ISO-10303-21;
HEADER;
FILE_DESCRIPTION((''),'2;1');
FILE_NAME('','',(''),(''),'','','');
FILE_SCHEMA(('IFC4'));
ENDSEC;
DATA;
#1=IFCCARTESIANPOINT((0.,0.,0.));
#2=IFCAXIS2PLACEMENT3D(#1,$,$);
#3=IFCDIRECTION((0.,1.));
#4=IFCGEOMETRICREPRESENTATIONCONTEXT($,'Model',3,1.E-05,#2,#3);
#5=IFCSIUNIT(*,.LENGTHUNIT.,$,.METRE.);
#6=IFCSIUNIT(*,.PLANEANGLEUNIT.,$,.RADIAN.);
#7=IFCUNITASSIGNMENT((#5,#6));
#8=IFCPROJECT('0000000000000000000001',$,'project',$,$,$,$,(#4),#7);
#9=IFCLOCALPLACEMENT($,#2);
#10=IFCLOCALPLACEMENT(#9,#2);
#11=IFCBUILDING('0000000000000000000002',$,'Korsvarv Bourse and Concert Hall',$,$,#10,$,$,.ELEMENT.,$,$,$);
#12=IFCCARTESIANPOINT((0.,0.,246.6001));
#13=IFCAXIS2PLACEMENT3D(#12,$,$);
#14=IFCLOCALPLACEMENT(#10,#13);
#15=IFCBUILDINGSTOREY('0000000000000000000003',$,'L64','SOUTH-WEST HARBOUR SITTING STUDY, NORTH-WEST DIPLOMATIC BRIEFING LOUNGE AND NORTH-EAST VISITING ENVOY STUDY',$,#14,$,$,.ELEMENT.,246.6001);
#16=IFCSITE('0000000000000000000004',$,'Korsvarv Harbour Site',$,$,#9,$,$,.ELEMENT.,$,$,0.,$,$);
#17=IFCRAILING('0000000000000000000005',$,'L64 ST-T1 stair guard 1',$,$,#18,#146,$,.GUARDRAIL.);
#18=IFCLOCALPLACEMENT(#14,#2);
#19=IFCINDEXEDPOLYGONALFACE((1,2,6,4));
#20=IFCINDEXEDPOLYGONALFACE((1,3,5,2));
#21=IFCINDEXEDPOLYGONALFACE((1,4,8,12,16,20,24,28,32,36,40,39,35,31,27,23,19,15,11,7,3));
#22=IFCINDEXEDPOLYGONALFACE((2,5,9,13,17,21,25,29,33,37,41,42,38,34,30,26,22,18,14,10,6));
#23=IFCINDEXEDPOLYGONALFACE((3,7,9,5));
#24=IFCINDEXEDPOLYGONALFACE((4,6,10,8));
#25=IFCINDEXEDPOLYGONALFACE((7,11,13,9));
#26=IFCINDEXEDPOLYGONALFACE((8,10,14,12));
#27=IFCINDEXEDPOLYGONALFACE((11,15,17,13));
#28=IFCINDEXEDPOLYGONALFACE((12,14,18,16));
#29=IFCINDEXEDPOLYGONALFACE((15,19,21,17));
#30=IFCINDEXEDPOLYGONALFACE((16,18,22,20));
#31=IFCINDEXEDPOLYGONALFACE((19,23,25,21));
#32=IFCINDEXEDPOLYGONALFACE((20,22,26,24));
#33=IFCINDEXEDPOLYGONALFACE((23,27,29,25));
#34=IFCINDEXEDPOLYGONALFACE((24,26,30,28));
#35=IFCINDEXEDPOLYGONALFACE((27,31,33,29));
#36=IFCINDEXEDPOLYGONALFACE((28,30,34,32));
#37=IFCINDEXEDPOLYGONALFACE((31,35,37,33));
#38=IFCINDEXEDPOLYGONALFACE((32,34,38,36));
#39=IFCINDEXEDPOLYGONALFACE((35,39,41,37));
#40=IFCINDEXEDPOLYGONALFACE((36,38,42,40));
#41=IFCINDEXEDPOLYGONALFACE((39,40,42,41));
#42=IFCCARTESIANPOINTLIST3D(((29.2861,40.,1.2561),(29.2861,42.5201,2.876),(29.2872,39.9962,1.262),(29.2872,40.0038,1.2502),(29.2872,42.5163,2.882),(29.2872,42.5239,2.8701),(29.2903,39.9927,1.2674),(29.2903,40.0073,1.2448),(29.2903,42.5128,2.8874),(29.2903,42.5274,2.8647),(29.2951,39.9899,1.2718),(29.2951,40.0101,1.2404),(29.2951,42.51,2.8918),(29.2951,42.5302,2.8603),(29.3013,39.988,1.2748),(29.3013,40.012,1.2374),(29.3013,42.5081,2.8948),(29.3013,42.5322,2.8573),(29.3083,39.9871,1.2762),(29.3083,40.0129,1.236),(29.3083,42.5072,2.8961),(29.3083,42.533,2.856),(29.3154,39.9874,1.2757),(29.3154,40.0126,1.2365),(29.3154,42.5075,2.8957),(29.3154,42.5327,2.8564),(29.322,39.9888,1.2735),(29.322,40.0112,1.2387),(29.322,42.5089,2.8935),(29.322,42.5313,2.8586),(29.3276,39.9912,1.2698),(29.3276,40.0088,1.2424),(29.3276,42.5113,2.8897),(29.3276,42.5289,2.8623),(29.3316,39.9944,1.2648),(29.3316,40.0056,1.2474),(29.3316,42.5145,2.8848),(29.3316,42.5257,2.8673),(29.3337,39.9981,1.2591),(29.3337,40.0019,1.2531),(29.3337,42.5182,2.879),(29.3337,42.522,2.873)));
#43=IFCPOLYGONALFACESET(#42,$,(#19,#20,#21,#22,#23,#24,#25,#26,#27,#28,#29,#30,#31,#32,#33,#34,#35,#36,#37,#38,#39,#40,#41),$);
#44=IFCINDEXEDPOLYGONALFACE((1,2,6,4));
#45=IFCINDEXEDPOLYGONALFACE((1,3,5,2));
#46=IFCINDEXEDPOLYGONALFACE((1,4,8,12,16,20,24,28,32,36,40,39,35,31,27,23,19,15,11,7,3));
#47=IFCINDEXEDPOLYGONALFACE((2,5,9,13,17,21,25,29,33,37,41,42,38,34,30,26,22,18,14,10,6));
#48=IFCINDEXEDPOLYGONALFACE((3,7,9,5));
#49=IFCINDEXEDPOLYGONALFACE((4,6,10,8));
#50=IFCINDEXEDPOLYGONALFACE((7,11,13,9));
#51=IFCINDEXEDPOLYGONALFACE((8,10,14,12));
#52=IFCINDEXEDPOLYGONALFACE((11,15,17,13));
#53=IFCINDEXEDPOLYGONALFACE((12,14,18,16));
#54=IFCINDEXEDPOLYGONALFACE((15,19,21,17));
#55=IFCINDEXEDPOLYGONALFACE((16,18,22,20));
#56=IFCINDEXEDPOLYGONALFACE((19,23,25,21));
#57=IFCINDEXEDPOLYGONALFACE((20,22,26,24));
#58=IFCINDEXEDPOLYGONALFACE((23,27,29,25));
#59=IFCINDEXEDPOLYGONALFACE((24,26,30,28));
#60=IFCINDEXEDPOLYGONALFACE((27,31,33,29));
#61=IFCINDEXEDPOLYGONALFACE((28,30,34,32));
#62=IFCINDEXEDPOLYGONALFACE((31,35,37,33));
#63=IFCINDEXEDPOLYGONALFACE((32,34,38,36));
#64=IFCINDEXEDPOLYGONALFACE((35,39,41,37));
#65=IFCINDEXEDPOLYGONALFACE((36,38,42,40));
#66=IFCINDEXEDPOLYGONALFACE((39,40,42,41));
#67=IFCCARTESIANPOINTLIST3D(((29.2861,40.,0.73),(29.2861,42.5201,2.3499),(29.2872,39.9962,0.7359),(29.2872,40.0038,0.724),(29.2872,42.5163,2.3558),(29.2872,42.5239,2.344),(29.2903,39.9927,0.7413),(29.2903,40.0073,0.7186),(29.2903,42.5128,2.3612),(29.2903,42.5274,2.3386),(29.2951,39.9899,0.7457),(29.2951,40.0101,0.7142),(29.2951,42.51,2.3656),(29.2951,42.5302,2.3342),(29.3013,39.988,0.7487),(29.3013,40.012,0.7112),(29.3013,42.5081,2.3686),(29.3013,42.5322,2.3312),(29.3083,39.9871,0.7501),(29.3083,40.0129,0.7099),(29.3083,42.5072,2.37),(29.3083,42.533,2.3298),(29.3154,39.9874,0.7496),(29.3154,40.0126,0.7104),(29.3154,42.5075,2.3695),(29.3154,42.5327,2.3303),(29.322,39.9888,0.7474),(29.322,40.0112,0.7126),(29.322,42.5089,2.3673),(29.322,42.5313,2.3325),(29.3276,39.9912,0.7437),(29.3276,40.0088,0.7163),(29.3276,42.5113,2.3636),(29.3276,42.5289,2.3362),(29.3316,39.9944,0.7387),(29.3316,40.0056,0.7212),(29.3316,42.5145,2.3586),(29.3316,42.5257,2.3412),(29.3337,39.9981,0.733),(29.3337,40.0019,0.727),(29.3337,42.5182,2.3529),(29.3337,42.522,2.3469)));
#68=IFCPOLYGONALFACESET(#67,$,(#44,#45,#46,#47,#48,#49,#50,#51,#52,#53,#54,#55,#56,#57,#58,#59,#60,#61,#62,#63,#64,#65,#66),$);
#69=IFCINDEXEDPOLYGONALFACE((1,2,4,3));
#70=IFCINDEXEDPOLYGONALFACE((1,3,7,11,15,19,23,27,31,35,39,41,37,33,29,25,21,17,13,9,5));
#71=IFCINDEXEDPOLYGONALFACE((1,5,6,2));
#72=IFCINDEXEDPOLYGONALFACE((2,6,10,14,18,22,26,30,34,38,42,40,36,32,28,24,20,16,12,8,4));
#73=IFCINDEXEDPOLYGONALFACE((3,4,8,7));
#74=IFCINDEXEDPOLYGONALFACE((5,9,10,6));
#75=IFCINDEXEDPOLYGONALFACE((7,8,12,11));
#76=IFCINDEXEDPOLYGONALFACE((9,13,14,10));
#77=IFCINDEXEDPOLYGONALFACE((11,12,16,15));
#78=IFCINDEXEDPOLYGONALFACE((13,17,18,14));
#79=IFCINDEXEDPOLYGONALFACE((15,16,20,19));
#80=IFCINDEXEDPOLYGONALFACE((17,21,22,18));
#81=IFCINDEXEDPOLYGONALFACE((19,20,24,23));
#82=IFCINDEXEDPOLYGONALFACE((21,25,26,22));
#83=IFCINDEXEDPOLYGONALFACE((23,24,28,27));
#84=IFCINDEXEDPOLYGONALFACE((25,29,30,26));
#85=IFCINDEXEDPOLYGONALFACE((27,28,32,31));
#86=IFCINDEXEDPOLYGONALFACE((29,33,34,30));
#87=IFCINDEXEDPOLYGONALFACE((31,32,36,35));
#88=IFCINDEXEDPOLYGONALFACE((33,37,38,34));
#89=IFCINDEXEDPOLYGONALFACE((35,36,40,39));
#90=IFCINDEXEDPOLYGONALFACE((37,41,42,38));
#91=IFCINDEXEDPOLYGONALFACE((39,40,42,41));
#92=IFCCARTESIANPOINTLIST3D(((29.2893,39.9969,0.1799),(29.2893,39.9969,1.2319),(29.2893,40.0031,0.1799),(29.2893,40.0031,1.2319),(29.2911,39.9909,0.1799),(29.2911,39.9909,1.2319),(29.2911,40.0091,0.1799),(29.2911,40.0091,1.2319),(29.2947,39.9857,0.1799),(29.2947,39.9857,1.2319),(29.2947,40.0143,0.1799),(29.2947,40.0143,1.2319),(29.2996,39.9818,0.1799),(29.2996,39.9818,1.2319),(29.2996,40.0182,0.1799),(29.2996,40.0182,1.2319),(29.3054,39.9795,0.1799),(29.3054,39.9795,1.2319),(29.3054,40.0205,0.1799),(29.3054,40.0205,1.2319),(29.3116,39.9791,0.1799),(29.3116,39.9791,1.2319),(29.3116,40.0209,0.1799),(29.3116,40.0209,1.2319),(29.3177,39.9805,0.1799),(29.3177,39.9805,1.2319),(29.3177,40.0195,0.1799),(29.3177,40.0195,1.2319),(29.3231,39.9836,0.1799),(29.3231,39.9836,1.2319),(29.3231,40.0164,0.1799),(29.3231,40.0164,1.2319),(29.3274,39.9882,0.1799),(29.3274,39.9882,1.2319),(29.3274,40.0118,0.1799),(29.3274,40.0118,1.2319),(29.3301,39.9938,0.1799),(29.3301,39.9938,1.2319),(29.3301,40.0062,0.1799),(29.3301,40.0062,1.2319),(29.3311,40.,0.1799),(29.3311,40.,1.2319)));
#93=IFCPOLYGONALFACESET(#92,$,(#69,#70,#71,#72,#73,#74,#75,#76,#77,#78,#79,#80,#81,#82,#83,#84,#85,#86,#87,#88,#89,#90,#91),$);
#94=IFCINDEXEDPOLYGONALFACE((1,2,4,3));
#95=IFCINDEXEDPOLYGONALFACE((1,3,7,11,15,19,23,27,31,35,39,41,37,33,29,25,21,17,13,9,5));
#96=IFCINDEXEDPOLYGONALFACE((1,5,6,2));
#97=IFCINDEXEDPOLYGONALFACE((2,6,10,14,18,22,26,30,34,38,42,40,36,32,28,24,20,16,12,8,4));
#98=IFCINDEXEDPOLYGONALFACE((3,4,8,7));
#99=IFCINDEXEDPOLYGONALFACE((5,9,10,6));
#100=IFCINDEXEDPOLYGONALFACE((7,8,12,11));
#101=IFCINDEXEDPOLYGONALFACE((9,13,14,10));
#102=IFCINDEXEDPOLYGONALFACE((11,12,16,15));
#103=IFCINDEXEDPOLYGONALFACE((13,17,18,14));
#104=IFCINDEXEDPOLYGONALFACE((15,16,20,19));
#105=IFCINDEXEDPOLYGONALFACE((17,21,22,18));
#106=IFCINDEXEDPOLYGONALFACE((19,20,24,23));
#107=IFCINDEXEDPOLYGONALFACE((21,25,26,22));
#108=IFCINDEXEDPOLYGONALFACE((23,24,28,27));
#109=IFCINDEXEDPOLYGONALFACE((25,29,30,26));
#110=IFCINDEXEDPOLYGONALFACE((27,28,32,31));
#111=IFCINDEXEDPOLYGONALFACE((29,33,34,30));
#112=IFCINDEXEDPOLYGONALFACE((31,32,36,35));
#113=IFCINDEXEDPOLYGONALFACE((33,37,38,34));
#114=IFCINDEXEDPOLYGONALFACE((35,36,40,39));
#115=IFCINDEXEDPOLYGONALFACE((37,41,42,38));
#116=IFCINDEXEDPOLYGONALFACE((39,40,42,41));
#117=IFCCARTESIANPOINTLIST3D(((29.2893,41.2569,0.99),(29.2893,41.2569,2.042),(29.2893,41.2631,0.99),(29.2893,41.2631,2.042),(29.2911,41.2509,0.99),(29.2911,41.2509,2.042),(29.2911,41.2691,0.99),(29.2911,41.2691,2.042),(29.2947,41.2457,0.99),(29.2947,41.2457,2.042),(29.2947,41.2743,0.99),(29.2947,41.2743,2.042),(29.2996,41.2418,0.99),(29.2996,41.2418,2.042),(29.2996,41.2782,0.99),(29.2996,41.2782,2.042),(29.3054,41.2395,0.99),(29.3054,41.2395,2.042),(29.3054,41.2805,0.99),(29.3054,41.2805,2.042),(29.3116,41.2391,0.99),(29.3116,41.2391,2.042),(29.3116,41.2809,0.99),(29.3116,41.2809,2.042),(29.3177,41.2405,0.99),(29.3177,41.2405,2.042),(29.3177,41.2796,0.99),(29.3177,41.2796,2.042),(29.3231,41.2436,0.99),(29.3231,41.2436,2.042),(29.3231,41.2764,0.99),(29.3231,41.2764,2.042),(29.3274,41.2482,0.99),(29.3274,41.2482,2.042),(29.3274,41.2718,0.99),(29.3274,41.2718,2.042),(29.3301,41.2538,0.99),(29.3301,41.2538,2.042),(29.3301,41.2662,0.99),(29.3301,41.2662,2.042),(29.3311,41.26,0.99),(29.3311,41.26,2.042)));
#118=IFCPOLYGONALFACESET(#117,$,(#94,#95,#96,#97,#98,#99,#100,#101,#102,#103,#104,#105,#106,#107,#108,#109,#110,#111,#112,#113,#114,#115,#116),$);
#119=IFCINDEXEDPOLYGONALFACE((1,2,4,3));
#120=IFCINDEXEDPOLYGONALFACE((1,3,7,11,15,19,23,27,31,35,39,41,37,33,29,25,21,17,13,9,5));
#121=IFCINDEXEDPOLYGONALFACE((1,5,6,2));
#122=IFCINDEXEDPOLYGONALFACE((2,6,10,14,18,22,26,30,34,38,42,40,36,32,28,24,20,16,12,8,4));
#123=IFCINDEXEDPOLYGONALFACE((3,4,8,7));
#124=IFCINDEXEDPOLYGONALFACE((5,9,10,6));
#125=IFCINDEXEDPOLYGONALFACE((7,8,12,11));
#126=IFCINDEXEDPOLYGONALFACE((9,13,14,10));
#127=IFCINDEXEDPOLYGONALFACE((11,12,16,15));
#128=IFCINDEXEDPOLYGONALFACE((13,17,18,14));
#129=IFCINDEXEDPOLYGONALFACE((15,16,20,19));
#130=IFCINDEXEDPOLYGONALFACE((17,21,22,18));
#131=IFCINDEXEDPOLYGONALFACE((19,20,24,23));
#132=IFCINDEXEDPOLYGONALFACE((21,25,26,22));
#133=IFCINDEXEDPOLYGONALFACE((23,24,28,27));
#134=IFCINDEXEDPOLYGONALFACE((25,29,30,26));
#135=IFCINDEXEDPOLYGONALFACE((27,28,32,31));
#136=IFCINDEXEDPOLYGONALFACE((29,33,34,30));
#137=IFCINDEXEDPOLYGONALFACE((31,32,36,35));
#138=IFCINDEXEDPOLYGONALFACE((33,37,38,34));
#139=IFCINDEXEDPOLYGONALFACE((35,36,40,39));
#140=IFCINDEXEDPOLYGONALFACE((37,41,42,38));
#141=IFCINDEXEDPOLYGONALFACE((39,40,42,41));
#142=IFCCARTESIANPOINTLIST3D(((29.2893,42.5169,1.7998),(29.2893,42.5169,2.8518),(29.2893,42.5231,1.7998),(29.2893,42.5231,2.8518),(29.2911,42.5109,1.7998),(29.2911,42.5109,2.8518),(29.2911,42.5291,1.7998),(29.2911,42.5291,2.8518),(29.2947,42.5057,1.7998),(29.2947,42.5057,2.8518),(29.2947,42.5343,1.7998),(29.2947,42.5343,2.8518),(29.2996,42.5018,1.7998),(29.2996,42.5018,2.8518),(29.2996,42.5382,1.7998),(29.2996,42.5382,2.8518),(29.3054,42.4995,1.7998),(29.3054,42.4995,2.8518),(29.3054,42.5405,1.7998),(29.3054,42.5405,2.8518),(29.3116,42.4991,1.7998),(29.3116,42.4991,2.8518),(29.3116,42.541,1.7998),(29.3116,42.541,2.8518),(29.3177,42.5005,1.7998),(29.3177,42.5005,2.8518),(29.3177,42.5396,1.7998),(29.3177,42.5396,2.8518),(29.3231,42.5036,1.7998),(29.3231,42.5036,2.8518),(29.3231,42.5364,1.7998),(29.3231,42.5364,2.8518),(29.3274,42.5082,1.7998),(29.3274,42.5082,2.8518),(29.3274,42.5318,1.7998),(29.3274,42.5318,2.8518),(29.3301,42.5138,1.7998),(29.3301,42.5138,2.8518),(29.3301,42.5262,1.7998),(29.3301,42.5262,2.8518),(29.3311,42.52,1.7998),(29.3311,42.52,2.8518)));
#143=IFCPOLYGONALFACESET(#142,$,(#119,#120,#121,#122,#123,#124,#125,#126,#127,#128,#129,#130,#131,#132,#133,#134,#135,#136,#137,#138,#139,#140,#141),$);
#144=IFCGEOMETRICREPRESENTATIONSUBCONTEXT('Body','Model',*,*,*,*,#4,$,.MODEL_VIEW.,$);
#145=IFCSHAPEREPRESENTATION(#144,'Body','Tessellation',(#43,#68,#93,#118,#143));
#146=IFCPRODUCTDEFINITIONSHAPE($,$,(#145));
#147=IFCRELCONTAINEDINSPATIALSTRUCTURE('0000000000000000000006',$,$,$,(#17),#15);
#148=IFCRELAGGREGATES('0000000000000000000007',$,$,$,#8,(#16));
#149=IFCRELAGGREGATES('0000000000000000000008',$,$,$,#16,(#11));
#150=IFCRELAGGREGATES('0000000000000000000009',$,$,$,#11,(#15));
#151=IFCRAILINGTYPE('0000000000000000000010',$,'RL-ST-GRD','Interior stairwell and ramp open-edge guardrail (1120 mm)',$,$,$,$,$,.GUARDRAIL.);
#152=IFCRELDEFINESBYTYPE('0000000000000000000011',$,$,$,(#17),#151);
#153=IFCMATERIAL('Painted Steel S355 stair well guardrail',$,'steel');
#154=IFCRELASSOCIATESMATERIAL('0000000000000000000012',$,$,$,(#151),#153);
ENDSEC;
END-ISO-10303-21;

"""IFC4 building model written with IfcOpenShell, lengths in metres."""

from ifc_helpers import new_model, si_unit, direction, frame, origin, origin_2d, place, context, subcontext, project, spatial, circle, extrude, material, type_object, element, save


model = new_model("IFC4")

# Units and contexts
model_context = context("Model", 3, precision=1e-05, world=origin(), true_north=direction((0.0, 1.0)))
body_context = subcontext(model_context, "Body", "Model", "MODEL_VIEW")
ifc_project = project(units=[si_unit("LENGTHUNIT", "METRE"), si_unit("PLANEANGLEUNIT", "RADIAN")], contexts=[model_context])

# Site, building, storey
site_placement = place(None, origin())
site = spatial("IfcSite", under=ifc_project, at=site_placement, Name="Korsvarv Harbour Site", CompositionType="ELEMENT", RefElevation=0.0)
building_placement = place(site_placement, origin())
building = spatial("IfcBuilding", under=site, at=building_placement, Name="Korsvarv Bourse and Concert Hall", CompositionType="ELEMENT")
storey_placement = place(building_placement, frame((0.0, 0.0, 246.6001)))
storey = spatial("IfcBuildingStorey", under=building, at=storey_placement, Name="L64", Description="SOUTH-WEST HARBOUR SITTING STUDY, NORTH-WEST DIPLOMATIC BRIEFING LOUNGE AND NORTH-EAST VISITING ENVOY STUDY", CompositionType="ELEMENT", Elevation=246.6001)

# Railing
ifc_material_1 = material(Name="Painted Steel S355 stair well guardrail", Category="steel")
railing_type_1 = type_object("IfcRailingType", Name="RL-ST-GRD", Description="Interior stairwell and ramp open-edge guardrail (1120 mm)", PredefinedType="GUARDRAIL", material=ifc_material_1)
railing_1_placement = place(storey_placement, frame((29.3101, 40.0, 0.1799)))
element("IfcRailing", 1, at=railing_1_placement, inside=storey, type_object=railing_type_1, Name="L64 ST-T1 stair guard 1", PredefinedType="GUARDRAIL", context=body_context, shape_type="SweptSolid", body=[
    extrude(circle(Radius=0.0239, at=origin_2d()), frame((0.0, 0.0, 1.0762), z_axis=(0.0, 0.8412, 0.540725), x_axis=(-1.0, 0.0, 0.0)), (0.0, 0.0, 1.0), 2.9958),
    extrude(circle(Radius=0.0239, at=origin_2d()), frame((0.0, 0.0, 0.55), z_axis=(0.0, 0.8412, 0.540725), x_axis=(-1.0, 0.0, 0.0)), (0.0, 0.0, 1.0), 2.9958),
    extrude(circle(Radius=0.021, at=origin_2d()), origin(), (0.0, 0.0, 1.0), 1.052),
    extrude(circle(Radius=0.021, at=origin_2d()), frame((0.0, 1.26, 0.8101)), (0.0, 0.0, 1.0), 1.052),
    extrude(circle(Radius=0.021, at=origin_2d()), frame((0.0, 2.52, 1.6199)), (0.0, 0.0, 1.0), 1.052),
])

save(model, "model.ifc")
